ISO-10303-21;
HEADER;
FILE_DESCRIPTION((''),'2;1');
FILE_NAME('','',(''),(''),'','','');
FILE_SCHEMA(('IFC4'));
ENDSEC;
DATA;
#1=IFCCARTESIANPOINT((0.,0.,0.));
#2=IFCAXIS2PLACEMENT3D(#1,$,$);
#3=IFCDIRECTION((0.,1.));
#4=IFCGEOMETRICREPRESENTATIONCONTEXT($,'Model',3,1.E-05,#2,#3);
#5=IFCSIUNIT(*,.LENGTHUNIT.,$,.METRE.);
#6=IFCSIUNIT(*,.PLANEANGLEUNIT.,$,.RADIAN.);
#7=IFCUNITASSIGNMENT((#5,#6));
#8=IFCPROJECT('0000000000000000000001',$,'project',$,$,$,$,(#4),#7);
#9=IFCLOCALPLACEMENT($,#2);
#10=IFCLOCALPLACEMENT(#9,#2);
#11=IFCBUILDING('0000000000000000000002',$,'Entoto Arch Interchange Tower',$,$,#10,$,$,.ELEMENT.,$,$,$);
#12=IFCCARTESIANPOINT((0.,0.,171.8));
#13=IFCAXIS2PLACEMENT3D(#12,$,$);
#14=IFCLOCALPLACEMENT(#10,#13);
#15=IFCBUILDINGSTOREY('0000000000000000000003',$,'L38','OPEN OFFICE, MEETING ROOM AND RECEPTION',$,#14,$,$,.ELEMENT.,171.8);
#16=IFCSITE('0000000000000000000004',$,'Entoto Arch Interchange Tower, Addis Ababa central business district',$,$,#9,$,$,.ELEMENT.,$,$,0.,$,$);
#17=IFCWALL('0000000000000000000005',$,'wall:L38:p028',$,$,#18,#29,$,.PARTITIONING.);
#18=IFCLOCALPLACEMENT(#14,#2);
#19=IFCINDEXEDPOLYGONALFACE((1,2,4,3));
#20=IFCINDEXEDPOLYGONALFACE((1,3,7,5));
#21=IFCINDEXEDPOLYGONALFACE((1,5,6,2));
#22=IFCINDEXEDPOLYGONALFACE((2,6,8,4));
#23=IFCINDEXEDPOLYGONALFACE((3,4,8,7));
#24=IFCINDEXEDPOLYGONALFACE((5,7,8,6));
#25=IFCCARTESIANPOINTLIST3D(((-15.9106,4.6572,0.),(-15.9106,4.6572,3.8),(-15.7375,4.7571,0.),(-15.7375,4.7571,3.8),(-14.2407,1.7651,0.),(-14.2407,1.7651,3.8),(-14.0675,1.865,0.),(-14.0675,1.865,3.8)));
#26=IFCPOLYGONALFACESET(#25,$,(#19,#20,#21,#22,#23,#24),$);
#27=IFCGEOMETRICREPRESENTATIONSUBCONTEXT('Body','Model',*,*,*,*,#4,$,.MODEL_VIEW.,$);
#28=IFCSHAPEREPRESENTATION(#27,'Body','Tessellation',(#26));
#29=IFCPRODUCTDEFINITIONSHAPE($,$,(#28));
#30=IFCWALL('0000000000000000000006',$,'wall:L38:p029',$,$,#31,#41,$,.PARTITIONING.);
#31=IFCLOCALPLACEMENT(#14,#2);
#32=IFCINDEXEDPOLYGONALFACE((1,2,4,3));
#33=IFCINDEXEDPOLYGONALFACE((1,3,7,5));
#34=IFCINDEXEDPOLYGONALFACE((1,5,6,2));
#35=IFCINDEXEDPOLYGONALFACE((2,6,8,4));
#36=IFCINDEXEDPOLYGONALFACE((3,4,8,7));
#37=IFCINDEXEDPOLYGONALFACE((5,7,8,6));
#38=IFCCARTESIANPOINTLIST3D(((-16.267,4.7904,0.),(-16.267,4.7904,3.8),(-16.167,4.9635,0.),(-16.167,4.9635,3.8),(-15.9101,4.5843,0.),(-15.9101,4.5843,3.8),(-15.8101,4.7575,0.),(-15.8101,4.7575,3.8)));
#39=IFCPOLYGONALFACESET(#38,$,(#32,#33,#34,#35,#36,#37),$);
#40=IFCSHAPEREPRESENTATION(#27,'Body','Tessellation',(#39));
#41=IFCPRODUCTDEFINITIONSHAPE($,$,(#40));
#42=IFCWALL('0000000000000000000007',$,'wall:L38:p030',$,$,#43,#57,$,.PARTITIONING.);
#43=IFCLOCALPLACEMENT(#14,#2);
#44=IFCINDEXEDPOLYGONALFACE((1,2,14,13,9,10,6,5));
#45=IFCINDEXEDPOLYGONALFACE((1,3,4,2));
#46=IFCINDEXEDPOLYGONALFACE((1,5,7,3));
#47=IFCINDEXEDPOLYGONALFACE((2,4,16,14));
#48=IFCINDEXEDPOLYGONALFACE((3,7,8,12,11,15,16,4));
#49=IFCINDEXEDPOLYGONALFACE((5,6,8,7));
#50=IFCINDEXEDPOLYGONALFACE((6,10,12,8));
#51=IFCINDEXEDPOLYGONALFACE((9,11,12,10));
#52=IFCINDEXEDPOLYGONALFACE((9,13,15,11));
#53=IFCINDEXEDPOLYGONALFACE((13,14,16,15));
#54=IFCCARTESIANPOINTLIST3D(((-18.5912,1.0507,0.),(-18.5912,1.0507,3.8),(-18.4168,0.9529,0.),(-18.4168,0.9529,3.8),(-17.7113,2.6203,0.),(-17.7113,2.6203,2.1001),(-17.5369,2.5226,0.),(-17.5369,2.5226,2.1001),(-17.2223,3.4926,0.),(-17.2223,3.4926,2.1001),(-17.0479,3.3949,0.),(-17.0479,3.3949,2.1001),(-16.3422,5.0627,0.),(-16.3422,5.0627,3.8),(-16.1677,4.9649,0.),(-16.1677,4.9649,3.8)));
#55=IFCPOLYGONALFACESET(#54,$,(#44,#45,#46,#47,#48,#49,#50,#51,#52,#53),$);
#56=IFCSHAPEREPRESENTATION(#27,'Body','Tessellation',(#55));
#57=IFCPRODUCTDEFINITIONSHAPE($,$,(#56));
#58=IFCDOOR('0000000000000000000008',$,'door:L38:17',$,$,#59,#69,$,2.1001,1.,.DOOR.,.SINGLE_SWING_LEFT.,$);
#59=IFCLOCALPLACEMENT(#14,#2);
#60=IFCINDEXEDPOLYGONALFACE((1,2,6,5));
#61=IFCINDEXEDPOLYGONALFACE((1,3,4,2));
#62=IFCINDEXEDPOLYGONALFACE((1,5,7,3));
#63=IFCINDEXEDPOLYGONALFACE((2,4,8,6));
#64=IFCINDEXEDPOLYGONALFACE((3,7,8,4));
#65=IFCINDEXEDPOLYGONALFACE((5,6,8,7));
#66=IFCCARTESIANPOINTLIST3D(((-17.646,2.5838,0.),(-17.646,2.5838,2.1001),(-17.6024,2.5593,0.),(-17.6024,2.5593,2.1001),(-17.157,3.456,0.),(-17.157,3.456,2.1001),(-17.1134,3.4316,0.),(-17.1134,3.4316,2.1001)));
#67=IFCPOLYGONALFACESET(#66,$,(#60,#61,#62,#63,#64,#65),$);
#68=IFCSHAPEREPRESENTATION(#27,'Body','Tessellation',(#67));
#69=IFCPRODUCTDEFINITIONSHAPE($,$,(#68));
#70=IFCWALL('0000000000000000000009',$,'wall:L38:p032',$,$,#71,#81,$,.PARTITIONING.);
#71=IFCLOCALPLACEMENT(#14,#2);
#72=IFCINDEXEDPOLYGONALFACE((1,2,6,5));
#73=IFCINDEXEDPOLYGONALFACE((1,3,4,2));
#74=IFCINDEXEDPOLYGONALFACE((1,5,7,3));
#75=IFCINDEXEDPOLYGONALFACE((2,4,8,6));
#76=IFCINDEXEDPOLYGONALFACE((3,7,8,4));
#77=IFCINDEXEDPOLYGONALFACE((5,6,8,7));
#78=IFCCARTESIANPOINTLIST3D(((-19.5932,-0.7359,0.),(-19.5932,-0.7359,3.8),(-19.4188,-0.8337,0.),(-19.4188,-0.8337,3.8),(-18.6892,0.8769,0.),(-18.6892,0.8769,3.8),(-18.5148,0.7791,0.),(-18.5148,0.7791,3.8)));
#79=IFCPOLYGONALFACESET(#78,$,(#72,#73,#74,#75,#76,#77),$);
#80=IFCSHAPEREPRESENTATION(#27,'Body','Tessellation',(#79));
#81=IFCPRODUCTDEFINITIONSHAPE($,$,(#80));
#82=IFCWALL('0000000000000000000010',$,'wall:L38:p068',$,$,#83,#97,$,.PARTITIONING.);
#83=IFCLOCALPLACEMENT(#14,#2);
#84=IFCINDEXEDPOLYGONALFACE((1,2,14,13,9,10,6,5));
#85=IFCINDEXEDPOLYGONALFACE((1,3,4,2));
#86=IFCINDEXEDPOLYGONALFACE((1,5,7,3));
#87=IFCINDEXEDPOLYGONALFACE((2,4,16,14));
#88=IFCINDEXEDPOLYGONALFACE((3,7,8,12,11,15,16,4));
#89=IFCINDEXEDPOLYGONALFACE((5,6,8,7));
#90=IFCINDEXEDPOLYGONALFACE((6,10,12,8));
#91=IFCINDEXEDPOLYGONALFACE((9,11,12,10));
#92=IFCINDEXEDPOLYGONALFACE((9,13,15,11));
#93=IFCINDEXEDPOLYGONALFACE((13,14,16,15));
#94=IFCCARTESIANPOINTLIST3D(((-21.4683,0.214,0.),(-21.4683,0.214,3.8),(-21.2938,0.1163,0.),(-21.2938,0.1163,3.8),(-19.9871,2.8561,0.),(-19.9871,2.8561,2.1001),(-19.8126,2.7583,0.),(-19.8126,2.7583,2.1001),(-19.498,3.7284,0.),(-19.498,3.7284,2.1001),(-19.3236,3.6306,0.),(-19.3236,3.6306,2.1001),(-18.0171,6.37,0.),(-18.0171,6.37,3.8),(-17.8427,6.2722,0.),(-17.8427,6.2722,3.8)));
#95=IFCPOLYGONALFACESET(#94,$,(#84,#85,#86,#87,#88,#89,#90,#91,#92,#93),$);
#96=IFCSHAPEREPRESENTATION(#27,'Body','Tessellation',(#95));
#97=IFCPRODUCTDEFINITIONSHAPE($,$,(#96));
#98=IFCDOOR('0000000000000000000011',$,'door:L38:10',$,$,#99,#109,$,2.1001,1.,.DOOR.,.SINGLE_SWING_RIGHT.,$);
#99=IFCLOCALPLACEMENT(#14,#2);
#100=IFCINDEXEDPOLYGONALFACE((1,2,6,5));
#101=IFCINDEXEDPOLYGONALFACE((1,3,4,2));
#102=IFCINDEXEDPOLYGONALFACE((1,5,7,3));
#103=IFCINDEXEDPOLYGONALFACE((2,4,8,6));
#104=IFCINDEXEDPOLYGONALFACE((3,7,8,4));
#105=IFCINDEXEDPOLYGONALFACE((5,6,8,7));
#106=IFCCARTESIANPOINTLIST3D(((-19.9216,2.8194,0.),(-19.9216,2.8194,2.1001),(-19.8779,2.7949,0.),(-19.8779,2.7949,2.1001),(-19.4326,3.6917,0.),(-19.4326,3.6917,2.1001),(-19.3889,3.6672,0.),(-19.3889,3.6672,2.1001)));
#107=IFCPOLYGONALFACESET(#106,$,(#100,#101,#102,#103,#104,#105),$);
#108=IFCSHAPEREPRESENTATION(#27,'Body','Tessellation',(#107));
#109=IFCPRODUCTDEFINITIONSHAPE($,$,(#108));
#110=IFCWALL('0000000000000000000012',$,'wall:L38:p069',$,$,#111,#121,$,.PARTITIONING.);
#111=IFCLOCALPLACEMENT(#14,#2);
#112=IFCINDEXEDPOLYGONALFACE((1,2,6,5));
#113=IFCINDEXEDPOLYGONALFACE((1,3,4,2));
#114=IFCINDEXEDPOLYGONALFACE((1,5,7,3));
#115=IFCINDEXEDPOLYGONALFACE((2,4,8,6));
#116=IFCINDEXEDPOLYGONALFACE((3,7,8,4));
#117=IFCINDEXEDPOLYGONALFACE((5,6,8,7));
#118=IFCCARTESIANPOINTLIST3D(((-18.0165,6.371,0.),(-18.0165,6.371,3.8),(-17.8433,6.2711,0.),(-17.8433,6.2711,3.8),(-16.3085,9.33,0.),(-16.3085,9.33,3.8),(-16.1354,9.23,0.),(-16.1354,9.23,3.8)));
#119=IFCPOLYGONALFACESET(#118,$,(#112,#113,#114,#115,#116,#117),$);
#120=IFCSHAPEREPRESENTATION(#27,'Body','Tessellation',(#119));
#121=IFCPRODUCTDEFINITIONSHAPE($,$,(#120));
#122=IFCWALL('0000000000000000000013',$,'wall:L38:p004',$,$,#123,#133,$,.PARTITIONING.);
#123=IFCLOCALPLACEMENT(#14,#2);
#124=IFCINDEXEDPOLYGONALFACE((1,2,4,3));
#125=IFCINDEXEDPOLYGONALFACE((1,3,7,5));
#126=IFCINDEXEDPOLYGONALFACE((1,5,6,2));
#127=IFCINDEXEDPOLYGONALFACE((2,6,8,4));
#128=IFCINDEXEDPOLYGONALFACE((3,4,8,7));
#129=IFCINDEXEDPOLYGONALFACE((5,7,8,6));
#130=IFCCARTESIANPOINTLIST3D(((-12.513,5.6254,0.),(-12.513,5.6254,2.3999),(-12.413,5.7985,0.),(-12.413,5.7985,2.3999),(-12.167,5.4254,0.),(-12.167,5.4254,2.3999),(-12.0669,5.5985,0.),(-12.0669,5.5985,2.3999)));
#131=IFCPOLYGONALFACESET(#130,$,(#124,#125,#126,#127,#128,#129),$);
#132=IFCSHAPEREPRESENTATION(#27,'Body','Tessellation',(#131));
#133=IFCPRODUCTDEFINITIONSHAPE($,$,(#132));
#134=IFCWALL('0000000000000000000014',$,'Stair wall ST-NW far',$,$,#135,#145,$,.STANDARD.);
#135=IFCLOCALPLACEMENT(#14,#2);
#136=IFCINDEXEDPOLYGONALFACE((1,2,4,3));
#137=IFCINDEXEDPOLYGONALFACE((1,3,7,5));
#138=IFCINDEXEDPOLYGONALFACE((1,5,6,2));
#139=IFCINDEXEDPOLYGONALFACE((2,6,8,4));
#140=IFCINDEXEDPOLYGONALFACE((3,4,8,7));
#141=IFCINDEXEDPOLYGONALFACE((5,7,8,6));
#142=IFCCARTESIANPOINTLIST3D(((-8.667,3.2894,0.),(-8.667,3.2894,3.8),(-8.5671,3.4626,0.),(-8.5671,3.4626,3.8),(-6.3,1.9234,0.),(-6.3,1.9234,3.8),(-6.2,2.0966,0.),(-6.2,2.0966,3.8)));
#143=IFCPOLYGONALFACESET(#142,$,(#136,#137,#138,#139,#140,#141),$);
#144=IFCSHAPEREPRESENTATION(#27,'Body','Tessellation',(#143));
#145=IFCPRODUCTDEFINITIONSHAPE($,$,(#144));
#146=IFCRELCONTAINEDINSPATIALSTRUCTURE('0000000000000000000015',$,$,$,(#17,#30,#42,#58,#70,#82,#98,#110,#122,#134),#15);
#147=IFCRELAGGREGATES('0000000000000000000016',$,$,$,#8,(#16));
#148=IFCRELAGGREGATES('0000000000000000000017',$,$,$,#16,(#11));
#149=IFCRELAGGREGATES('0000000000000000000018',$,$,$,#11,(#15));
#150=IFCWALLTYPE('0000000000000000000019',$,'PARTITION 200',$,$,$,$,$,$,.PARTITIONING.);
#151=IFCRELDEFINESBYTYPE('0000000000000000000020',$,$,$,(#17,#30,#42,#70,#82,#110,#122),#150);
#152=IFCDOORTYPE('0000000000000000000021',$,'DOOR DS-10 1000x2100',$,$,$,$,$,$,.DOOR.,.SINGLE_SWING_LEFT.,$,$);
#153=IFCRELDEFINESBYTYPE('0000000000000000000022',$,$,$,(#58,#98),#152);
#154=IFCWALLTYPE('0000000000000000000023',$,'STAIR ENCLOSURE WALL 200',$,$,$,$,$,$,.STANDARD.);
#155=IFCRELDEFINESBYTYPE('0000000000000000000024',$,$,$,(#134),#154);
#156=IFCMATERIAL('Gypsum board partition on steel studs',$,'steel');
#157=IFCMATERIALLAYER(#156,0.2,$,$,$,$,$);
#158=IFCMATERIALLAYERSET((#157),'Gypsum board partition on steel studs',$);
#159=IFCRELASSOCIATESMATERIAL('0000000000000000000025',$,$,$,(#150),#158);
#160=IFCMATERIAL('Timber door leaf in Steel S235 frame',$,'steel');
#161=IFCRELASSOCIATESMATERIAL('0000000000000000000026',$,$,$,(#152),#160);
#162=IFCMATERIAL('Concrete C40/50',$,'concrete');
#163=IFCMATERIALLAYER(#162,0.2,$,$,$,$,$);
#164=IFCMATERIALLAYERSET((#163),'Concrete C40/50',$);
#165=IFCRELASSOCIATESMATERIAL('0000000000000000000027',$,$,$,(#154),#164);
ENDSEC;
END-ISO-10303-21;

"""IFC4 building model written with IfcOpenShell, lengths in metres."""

from ifc_helpers import new_model, si_unit, direction, frame, frame_2d, origin, place, context, subcontext, project, spatial, rectangle, extrude, material, layer, layer_set, type_object, element, fill, save


model = new_model("IFC4")

# Units and contexts
model_context = context("Model", 3, precision=1e-05, world=origin(), true_north=direction((0.0, 1.0)))
body_context = subcontext(model_context, "Body", "Model", "MODEL_VIEW")
ifc_project = project(units=[si_unit("LENGTHUNIT", "METRE"), si_unit("PLANEANGLEUNIT", "RADIAN")], contexts=[model_context])

# Site, building, storey
site_placement = place(None, origin())
site = spatial("IfcSite", under=ifc_project, at=site_placement, Name="Entoto Arch Interchange Tower, Addis Ababa central business district", CompositionType="ELEMENT", RefElevation=0.0)
building_placement = place(site_placement, origin())
building = spatial("IfcBuilding", under=site, at=building_placement, Name="Entoto Arch Interchange Tower", CompositionType="ELEMENT")
storey_placement = place(building_placement, frame((0.0, 0.0, 171.8)))
storey = spatial("IfcBuildingStorey", under=building, at=storey_placement, Name="L38", Description="OPEN OFFICE, MEETING ROOM AND RECEPTION", CompositionType="ELEMENT", Elevation=171.8)

# Walls
ifc_material_1 = material(Name="Concrete C40/50", Category="concrete")
ifc_material_2 = material(Name="Gypsum board partition on steel studs", Category="steel")
ifc_layer_1 = layer(ifc_material_2, 0.2)
ifc_layer_set_1 = layer_set([ifc_layer_1], Name="Gypsum board partition on steel studs")
wall_type_1 = type_object("IfcWallType", Name="PARTITION 200", PredefinedType="PARTITIONING", material=ifc_layer_set_1)
wall_1_placement = place(storey_placement, frame((-14.1541, 1.8149, 0.0), z_axis=(0.0, 0.0, 1.0), x_axis=(-0.500039, 0.866003, 0.0)))
element("IfcWall", 1, at=wall_1_placement, inside=storey, type_object=wall_type_1, Name="wall:L38:p028", PredefinedType="PARTITIONING", context=body_context, shape_type="SweptSolid", body=[
    extrude(rectangle(XDim=3.3396, YDim=0.2, at=frame_2d((1.6699, 0.0))), origin(), (0.0, 0.0, 1.0), 3.8),
])
wall_2_placement = place(storey_placement, frame((-15.8601, 4.6709, 0.0), z_axis=(0.0, 0.0, 1.0), x_axis=(-0.866047, 0.499962, 0.0)))
element("IfcWall", 2, at=wall_2_placement, inside=storey, type_object=wall_type_1, Name="wall:L38:p029", PredefinedType="PARTITIONING", context=body_context, shape_type="SweptSolid", body=[
    extrude(rectangle(XDim=0.4121, YDim=0.2, at=frame_2d((0.2061, 0.0))), origin(), (0.0, 0.0, 1.0), 3.8),
])

# Wall, opening, door
wall_3_placement = place(storey_placement, frame((-16.2549, 5.0139, 0.0), z_axis=(0.0, 0.0, 1.0), x_axis=(-0.488988, -0.872291, 0.0)))
wall_3 = element("IfcWall", 3, at=wall_3_placement, inside=storey, type_object=wall_type_1, Name="wall:L38:p030", PredefinedType="PARTITIONING", context=body_context, shape_type="SweptSolid", body=[
    extrude(rectangle(XDim=4.5994, YDim=0.2, at=frame_2d((2.2998, 0.0))), origin(), (0.0, 0.0, 1.0), 3.8),
])
opening_1_placement = place(wall_3_placement, frame((1.8, 0.0, 0.0)))
opening_1 = element("IfcOpeningElement", 4, at=opening_1_placement, cuts=wall_3, PredefinedType="OPENING", context=body_context, shape_type="SweptSolid", body=[
    extrude(rectangle(XDim=1.0, YDim=2.1001, at=frame_2d((0.5, 1.05))), frame((0.0, 0.1099, 0.0), z_axis=(0.0, -1.0, 0.0), x_axis=(1.0, 0.0, 0.0)), (0.0, 0.0, 1.0), 0.22),
])
ifc_material_3 = material(Name="Timber door leaf in Steel S235 frame", Category="steel")
door_type_1 = type_object("IfcDoorType", Name="DOOR DS-10 1000x2100", OperationType="SINGLE_SWING_LEFT", PredefinedType="DOOR", material=ifc_material_3)
door_1_placement = place(opening_1_placement, origin())
door_1 = element("IfcDoor", 5, at=door_1_placement, inside=storey, type_object=door_type_1, Name="door:L38:17", OperationType="SINGLE_SWING_LEFT", OverallHeight=2.1001, OverallWidth=1.0, PredefinedType="DOOR", context=body_context, shape_type="SweptSolid", body=[
    extrude(rectangle(XDim=1.0, YDim=2.1001, at=frame_2d((0.5, 1.05))), frame((0.0, 0.0249, 0.0), z_axis=(0.0, -1.0, 0.0), x_axis=(1.0, 0.0, 0.0)), (0.0, 0.0, 1.0), 0.05),
])
fill(opening_1, door_1)

# Wall
wall_4_placement = place(storey_placement, frame((-18.6021, 0.8279, 0.0), z_axis=(0.0, 0.0, 1.0), x_axis=(-0.488969, -0.872301, 0.0)))
element("IfcWall", 6, at=wall_4_placement, inside=storey, type_object=wall_type_1, Name="wall:L38:p032", PredefinedType="PARTITIONING", context=body_context, shape_type="SweptSolid", body=[
    extrude(rectangle(XDim=1.8489, YDim=0.2, at=frame_2d((0.9243, 0.0))), origin(), (0.0, 0.0, 1.0), 3.8),
])

# Wall, opening, door
wall_5_placement = place(storey_placement, frame((-21.3811, 0.165, 0.0), z_axis=(0.0, 0.0, 1.0), x_axis=(0.489014, 0.872276, 0.0)))
wall_5 = element("IfcWall", 7, at=wall_5_placement, inside=storey, type_object=wall_type_1, Name="wall:L38:p068", PredefinedType="PARTITIONING", context=body_context, shape_type="SweptSolid", body=[
    extrude(rectangle(XDim=7.0574, YDim=0.2, at=frame_2d((3.5288, 0.0))), origin(), (0.0, 0.0, 1.0), 3.8),
])
opening_2_placement = place(wall_5_placement, frame((3.0291, 0.0, 0.0)))
opening_2 = element("IfcOpeningElement", 8, at=opening_2_placement, cuts=wall_5, PredefinedType="OPENING", context=body_context, shape_type="SweptSolid", body=[
    extrude(rectangle(XDim=1.0, YDim=2.1001, at=frame_2d((0.5, 1.05))), frame((0.0, 0.1099, 0.0), z_axis=(0.0, -1.0, 0.0), x_axis=(1.0, 0.0, 0.0)), (0.0, 0.0, 1.0), 0.22),
])
door_2_placement = place(opening_2_placement, origin())
door_2 = element("IfcDoor", 9, at=door_2_placement, inside=storey, type_object=door_type_1, Name="door:L38:10", OperationType="SINGLE_SWING_RIGHT", OverallHeight=2.1001, OverallWidth=1.0, PredefinedType="DOOR", context=body_context, shape_type="SweptSolid", body=[
    extrude(rectangle(XDim=1.0, YDim=2.1001, at=frame_2d((0.5, 1.05))), frame((0.0, 0.0249, 0.0), z_axis=(0.0, -1.0, 0.0), x_axis=(1.0, 0.0, 0.0)), (0.0, 0.0, 1.0), 0.05),
])
fill(opening_2, door_2)

# Walls
wall_6_placement = place(storey_placement, frame((-17.9299, 6.321, 0.0), z_axis=(0.0, 0.0, 1.0), x_axis=(0.49992, 0.866071, 0.0)))
element("IfcWall", 10, at=wall_6_placement, inside=storey, type_object=wall_type_1, Name="wall:L38:p069", PredefinedType="PARTITIONING", context=body_context, shape_type="SweptSolid", body=[
    extrude(rectangle(XDim=3.4165, YDim=0.2, at=frame_2d((1.7083, 0.0))), origin(), (0.0, 0.0, 1.0), 3.8),
])
wall_7_placement = place(storey_placement, frame((-12.4629, 5.7119, 0.0), z_axis=(0.0, 0.0, 1.0), x_axis=(0.865789, -0.50041, 0.0)))
element("IfcWall", 11, at=wall_7_placement, inside=storey, type_object=wall_type_1, Name="wall:L38:p004", PredefinedType="PARTITIONING", context=body_context, shape_type="SweptSolid", body=[
    extrude(rectangle(XDim=0.3997, YDim=0.2, at=frame_2d((0.1997, 0.0))), origin(), (0.0, 0.0, 1.0), 2.3999),
])
ifc_layer_2 = layer(ifc_material_1, 0.2)
ifc_layer_set_2 = layer_set([ifc_layer_2], Name="Concrete C40/50")
wall_type_2 = type_object("IfcWallType", Name="STAIR ENCLOSURE WALL 200", PredefinedType="STANDARD", material=ifc_layer_set_2)
wall_8_placement = place(storey_placement, frame((-6.25, 2.01, 0.0), z_axis=(0.0, 0.0, 1.0), x_axis=(-0.866119, 0.499838, 0.0)))
element("IfcWall", 12, at=wall_8_placement, inside=storey, type_object=wall_type_2, Name="Stair wall ST-NW far", PredefinedType="STANDARD", context=body_context, shape_type="SweptSolid", body=[
    extrude(rectangle(XDim=2.7329, YDim=0.2, at=frame_2d((1.3665, 0.0))), origin(), (0.0, 0.0, 1.0), 3.8),
])

save(model, "model.ifc")
